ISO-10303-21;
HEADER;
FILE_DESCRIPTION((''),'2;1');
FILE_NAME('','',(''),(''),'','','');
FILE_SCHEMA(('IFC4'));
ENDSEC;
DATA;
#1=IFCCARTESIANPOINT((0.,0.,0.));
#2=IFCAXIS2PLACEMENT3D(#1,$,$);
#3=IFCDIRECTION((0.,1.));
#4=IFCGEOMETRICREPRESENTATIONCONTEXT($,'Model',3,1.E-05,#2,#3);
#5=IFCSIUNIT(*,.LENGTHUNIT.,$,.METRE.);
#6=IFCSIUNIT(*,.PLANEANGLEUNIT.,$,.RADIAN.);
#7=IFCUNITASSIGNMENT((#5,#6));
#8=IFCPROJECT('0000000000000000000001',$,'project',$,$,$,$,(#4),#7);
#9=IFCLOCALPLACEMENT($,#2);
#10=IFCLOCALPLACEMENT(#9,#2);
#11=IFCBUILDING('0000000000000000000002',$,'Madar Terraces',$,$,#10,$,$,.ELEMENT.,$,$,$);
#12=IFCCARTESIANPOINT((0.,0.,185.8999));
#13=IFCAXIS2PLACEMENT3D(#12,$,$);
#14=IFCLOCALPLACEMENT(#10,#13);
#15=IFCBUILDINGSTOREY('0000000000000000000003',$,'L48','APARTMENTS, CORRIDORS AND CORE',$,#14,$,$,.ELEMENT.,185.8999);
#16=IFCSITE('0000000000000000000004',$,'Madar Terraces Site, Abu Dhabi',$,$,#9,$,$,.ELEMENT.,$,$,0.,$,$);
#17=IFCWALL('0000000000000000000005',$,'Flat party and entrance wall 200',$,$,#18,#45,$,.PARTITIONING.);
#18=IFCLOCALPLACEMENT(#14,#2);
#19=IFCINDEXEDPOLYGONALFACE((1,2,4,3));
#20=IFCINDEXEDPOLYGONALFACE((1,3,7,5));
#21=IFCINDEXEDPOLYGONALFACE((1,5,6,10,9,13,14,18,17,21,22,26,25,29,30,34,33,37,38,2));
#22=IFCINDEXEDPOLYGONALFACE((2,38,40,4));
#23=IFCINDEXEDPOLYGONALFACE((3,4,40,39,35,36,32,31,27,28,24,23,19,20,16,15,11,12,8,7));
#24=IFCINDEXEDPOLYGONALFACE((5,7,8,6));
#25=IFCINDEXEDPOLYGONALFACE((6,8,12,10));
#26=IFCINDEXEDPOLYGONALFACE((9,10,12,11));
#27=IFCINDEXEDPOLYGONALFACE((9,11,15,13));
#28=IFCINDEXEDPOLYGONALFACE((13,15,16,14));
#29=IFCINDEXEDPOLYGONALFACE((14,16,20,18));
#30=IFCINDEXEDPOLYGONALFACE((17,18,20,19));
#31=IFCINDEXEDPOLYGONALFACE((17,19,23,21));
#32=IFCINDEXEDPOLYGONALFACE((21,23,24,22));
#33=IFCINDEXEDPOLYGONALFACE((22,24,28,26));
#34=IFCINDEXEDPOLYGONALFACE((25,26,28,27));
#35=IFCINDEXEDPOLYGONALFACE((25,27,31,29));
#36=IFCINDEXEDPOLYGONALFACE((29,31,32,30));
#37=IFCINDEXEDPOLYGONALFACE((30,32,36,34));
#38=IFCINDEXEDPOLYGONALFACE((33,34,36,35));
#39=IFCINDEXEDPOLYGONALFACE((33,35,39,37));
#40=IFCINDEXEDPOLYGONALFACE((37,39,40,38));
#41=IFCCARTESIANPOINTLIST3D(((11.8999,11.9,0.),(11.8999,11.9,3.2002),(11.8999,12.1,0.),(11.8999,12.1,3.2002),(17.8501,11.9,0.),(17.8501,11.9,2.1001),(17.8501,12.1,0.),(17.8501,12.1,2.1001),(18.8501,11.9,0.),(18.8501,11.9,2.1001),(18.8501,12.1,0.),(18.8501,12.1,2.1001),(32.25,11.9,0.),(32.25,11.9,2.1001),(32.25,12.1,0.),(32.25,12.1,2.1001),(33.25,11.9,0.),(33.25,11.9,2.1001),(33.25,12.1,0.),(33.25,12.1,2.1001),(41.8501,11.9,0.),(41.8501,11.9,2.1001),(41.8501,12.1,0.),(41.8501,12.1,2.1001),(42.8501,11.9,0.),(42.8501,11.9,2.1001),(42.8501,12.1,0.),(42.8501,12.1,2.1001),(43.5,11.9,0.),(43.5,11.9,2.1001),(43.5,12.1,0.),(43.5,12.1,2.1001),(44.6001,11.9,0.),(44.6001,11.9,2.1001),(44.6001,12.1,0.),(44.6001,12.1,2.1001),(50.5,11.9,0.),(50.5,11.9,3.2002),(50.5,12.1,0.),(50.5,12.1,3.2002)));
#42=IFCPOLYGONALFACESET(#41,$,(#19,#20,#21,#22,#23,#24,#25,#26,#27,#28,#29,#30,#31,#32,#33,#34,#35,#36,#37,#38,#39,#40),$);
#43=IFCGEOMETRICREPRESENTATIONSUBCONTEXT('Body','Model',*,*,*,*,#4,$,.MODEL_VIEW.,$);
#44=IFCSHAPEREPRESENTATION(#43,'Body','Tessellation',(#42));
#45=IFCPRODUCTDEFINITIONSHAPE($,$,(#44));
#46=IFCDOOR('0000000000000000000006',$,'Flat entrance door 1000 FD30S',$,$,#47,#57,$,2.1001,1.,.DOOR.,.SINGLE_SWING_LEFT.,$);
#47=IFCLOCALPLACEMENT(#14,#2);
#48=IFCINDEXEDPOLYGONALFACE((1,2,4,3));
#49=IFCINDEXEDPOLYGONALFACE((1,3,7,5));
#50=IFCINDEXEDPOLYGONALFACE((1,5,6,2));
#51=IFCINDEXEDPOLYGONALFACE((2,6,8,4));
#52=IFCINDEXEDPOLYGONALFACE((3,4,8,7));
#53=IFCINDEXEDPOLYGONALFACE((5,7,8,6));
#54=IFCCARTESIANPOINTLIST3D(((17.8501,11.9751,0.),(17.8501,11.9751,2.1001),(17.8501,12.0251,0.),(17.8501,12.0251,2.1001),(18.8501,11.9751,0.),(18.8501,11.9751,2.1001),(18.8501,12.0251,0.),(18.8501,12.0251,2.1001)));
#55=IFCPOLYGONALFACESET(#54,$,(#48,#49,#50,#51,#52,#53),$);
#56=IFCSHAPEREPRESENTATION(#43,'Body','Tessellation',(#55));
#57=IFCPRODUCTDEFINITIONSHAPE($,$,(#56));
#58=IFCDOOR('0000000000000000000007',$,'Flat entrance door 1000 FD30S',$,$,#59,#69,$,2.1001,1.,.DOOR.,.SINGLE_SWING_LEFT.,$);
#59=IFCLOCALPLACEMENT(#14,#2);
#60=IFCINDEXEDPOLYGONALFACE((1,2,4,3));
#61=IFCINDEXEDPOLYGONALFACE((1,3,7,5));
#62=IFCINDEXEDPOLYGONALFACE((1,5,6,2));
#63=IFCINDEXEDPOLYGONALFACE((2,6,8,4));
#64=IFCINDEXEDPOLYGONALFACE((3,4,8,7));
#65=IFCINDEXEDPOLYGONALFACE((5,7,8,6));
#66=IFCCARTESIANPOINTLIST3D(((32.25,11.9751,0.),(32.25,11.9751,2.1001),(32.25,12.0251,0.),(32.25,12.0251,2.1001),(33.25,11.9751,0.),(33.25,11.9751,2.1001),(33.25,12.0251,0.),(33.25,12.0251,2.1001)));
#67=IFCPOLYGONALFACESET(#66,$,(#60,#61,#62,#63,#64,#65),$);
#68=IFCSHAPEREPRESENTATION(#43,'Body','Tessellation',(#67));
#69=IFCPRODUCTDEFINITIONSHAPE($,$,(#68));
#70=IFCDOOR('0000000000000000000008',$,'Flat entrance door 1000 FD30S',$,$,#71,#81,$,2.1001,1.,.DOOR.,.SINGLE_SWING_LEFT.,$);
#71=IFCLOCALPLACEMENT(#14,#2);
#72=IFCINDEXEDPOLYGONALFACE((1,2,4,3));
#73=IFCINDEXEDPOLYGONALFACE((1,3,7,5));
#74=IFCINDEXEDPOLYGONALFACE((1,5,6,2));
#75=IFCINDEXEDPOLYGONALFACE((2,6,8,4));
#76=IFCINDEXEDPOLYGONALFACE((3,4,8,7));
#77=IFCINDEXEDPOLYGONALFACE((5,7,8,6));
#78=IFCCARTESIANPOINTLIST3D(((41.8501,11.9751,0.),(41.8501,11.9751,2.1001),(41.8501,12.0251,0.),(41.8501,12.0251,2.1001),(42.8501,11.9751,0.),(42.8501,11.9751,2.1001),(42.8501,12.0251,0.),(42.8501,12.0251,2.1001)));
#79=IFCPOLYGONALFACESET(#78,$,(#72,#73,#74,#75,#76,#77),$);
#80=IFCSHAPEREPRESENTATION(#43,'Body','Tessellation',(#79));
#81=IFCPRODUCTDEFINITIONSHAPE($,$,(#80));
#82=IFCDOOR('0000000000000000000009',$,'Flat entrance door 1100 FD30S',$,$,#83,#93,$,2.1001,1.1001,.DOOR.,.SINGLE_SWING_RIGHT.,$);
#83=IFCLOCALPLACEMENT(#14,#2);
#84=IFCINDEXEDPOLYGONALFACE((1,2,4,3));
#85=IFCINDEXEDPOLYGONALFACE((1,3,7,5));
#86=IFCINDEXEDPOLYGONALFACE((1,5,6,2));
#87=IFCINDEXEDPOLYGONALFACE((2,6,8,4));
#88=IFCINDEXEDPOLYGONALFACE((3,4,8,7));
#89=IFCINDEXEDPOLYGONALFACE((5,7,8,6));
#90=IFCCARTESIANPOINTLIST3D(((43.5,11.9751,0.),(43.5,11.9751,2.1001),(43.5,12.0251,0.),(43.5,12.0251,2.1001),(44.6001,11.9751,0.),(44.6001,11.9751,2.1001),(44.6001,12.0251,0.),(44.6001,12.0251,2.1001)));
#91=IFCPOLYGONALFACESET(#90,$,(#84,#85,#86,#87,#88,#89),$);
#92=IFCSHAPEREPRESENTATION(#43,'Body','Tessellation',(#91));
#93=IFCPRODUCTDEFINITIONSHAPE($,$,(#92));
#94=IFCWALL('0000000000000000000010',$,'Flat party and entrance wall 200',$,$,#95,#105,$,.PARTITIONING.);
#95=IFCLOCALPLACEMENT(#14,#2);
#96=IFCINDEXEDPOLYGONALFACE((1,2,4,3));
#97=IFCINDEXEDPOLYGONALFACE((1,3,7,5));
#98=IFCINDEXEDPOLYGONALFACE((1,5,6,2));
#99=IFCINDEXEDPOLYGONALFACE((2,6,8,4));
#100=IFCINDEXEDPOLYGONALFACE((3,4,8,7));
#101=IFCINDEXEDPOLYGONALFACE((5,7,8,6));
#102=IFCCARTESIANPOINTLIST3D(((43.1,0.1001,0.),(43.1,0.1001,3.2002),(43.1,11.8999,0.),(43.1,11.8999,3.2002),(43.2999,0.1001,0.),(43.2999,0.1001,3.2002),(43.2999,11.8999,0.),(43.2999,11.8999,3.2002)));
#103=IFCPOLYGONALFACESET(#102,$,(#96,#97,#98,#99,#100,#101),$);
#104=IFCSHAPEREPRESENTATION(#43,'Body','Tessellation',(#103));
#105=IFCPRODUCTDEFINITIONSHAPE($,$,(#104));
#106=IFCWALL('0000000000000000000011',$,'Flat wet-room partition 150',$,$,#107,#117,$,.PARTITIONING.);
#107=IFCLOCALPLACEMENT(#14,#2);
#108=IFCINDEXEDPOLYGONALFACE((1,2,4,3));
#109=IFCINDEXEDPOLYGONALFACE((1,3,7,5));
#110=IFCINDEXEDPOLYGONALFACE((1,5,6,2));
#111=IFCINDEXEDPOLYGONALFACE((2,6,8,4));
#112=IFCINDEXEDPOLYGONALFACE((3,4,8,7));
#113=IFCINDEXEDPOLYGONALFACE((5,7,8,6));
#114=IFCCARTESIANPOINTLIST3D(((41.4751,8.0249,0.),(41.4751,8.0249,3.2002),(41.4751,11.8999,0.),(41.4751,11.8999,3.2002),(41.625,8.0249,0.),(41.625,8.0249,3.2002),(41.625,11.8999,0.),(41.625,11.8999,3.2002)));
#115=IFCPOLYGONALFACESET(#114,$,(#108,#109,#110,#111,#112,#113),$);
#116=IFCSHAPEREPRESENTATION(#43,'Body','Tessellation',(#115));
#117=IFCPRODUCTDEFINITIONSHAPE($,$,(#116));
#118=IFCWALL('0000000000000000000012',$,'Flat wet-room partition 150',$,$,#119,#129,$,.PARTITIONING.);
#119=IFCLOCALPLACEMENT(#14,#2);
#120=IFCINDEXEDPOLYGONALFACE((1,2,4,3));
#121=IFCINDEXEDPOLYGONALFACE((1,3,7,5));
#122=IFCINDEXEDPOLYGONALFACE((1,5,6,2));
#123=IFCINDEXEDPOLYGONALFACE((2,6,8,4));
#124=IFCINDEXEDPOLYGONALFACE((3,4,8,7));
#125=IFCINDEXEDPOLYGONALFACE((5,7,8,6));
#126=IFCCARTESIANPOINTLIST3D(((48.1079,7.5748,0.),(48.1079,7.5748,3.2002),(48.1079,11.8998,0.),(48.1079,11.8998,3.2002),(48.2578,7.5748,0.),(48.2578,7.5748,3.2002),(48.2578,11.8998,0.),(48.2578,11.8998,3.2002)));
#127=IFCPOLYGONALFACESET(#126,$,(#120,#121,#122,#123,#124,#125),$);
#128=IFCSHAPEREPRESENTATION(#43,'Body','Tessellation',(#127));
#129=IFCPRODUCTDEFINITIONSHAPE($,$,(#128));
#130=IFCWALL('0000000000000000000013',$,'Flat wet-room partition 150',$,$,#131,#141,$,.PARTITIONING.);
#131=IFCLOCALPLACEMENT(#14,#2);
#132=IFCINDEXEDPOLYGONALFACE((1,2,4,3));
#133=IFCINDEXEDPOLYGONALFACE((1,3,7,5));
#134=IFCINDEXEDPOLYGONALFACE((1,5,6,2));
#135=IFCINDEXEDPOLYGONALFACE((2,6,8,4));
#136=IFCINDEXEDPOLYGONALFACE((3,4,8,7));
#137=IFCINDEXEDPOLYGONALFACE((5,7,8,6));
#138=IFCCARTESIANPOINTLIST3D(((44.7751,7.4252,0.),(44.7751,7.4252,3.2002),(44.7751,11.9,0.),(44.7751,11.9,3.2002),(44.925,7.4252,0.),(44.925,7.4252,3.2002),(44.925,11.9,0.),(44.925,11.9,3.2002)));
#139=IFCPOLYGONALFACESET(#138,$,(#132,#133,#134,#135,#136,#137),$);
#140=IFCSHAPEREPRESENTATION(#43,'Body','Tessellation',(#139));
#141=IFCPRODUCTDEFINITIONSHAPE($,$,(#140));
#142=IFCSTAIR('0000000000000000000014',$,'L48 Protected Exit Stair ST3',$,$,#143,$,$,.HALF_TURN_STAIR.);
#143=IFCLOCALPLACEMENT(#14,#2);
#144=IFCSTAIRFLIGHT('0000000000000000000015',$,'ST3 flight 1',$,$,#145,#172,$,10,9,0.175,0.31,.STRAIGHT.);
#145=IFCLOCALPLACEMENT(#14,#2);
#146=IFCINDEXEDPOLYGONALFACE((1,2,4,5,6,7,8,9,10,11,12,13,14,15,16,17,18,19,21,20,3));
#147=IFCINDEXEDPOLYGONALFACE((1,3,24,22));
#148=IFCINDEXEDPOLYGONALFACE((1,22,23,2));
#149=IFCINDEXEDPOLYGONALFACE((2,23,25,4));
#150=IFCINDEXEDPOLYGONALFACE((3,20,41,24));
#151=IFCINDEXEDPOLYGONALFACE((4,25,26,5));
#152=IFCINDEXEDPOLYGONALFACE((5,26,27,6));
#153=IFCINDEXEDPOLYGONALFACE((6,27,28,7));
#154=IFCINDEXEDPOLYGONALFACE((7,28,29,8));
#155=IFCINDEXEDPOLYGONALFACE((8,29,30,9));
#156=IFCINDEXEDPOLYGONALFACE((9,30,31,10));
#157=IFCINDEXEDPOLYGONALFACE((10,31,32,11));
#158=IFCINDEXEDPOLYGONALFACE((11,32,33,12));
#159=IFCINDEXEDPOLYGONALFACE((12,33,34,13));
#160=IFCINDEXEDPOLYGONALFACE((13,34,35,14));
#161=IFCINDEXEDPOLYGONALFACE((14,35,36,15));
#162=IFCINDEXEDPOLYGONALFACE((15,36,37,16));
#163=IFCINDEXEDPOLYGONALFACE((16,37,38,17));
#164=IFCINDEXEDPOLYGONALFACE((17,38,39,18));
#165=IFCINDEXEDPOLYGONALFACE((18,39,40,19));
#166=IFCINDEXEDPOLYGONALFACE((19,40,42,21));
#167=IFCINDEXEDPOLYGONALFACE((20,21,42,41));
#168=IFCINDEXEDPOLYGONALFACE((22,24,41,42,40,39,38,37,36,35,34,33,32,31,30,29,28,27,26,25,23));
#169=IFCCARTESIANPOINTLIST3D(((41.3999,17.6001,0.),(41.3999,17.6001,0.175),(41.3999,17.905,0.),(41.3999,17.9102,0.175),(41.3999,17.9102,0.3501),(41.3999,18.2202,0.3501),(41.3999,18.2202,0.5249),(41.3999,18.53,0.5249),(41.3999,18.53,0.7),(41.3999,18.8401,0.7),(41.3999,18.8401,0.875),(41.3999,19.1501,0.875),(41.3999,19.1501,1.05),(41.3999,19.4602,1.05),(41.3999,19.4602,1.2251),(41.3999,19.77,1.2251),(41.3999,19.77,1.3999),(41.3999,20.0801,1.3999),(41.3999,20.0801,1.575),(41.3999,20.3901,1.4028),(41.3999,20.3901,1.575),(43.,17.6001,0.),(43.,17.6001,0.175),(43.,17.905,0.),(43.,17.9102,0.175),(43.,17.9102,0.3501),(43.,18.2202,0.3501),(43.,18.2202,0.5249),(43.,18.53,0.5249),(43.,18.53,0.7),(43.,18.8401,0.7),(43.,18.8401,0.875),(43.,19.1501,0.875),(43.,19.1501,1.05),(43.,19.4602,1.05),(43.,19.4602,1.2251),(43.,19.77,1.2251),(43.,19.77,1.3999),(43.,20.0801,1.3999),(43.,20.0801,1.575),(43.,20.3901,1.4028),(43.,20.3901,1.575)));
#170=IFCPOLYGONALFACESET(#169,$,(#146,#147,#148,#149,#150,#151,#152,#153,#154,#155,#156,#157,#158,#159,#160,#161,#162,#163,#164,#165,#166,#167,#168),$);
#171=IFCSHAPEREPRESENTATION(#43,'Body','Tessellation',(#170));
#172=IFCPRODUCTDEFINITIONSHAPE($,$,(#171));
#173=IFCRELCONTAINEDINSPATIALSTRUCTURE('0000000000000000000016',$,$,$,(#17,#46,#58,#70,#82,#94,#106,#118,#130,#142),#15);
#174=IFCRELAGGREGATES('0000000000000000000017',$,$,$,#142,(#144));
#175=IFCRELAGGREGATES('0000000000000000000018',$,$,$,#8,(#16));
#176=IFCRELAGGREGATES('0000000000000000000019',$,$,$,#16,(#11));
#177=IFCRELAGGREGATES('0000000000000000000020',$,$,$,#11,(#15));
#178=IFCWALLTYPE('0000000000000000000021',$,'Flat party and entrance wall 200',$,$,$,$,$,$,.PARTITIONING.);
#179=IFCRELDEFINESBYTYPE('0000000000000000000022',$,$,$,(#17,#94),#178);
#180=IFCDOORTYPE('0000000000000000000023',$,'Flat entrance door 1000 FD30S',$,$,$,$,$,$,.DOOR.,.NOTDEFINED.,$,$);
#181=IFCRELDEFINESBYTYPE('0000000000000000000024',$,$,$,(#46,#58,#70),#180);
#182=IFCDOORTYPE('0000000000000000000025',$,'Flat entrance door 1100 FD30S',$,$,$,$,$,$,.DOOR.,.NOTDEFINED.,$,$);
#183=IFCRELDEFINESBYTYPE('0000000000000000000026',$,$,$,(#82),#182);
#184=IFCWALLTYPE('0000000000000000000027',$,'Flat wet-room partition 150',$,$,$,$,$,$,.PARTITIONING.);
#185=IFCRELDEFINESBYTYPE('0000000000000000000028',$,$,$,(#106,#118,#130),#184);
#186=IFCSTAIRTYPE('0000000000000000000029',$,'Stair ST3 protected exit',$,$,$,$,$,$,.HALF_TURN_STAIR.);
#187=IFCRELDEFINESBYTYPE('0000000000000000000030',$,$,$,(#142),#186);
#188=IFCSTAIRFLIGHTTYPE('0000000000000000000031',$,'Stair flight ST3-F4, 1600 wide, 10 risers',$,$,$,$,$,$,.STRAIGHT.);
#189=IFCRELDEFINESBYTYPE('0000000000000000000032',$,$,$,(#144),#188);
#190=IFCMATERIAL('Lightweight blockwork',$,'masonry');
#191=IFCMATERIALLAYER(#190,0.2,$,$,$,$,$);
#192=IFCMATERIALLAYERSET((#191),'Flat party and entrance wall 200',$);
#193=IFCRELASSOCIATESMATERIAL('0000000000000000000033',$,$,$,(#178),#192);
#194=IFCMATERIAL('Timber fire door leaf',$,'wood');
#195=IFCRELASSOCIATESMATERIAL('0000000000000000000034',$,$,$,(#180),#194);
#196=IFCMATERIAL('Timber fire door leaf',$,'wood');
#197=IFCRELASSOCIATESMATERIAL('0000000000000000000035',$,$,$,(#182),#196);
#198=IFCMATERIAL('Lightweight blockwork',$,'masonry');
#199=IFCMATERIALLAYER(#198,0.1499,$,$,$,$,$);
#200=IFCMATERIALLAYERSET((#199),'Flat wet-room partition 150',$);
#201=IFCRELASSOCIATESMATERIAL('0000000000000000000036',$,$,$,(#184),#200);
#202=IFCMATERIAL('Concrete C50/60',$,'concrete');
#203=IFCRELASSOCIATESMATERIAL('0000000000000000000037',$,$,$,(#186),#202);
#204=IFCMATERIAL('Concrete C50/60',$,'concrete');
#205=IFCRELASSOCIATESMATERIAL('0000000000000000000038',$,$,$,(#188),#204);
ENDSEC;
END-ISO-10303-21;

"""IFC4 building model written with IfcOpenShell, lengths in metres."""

from ifc_helpers import new_model, si_unit, direction, frame, frame_2d, origin, place, context, subcontext, project, spatial, polyline, rectangle, outline, extrude, material, layer, layer_set, type_object, element, fill, aggregate, save


model = new_model("IFC4")

# Units and contexts
model_context = context("Model", 3, precision=1e-05, world=origin(), true_north=direction((0.0, 1.0)))
body_context = subcontext(model_context, "Body", "Model", "MODEL_VIEW")
ifc_project = project(units=[si_unit("LENGTHUNIT", "METRE"), si_unit("PLANEANGLEUNIT", "RADIAN")], contexts=[model_context])

# Site, building, storey
site_placement = place(None, origin())
site = spatial("IfcSite", under=ifc_project, at=site_placement, Name="Madar Terraces Site, Abu Dhabi", CompositionType="ELEMENT", RefElevation=0.0)
building_placement = place(site_placement, origin())
building = spatial("IfcBuilding", under=site, at=building_placement, Name="Madar Terraces", CompositionType="ELEMENT")
storey_placement = place(building_placement, frame((0.0, 0.0, 185.8999)))
storey = spatial("IfcBuildingStorey", under=building, at=storey_placement, Name="L48", Description="APARTMENTS, CORRIDORS AND CORE", CompositionType="ELEMENT", Elevation=185.8999)

# Wall, openings, doors
ifc_material_1 = material(Name="Lightweight blockwork", Category="masonry")
ifc_layer_1 = layer(ifc_material_1, 0.2)
ifc_layer_set_1 = layer_set([ifc_layer_1], Name="Flat party and entrance wall 200")
wall_type_1 = type_object("IfcWallType", Name="Flat party and entrance wall 200", PredefinedType="PARTITIONING", material=ifc_layer_set_1)
wall_1_placement = place(storey_placement, frame((50.5, 12.0, 0.0), z_axis=(0.0, 0.0, 1.0), x_axis=(-1.0, 0.0, 0.0)))
wall_1 = element("IfcWall", 1, at=wall_1_placement, inside=storey, type_object=wall_type_1, Name="Flat party and entrance wall 200", PredefinedType="PARTITIONING", context=body_context, shape_type="SweptSolid", body=[
    extrude(rectangle(XDim=38.6001, YDim=0.2, at=frame_2d((19.3, 0.0))), origin(), (0.0, 0.0, 1.0), 3.2002),
])
opening_1_placement = place(wall_1_placement, frame((31.6499, 0.0, 0.0)))
opening_1 = element("IfcOpeningElement", 2, at=opening_1_placement, cuts=wall_1, PredefinedType="OPENING", context=body_context, shape_type="SweptSolid", body=[
    extrude(rectangle(XDim=1.0, YDim=2.1001, at=frame_2d((0.5, 1.05))), frame((0.0, 0.1099, 0.0), z_axis=(0.0, -1.0, 0.0), x_axis=(1.0, 0.0, 0.0)), (0.0, 0.0, 1.0), 0.22),
])
opening_2_placement = place(wall_1_placement, frame((17.25, 0.0, 0.0)))
opening_2 = element("IfcOpeningElement", 3, at=opening_2_placement, cuts=wall_1, PredefinedType="OPENING", context=body_context, shape_type="SweptSolid", body=[
    extrude(rectangle(XDim=1.0, YDim=2.1001, at=frame_2d((0.5, 1.05))), frame((0.0, 0.1099, 0.0), z_axis=(0.0, -1.0, 0.0), x_axis=(1.0, 0.0, 0.0)), (0.0, 0.0, 1.0), 0.22),
])
opening_3_placement = place(wall_1_placement, frame((7.6499, 0.0, 0.0)))
opening_3 = element("IfcOpeningElement", 4, at=opening_3_placement, cuts=wall_1, PredefinedType="OPENING", context=body_context, shape_type="SweptSolid", body=[
    extrude(rectangle(XDim=1.0, YDim=2.1001, at=frame_2d((0.5, 1.05))), frame((0.0, 0.1099, 0.0), z_axis=(0.0, -1.0, 0.0), x_axis=(1.0, 0.0, 0.0)), (0.0, 0.0, 1.0), 0.22),
])
opening_4_placement = place(wall_1_placement, frame((5.8999, 0.0, 0.0)))
opening_4 = element("IfcOpeningElement", 5, at=opening_4_placement, cuts=wall_1, PredefinedType="OPENING", context=body_context, shape_type="SweptSolid", body=[
    extrude(rectangle(XDim=1.1001, YDim=2.1001, at=frame_2d((0.55, 1.05))), frame((0.0, 0.1099, 0.0), z_axis=(0.0, -1.0, 0.0), x_axis=(1.0, 0.0, 0.0)), (0.0, 0.0, 1.0), 0.22),
])
ifc_material_2 = material(Name="Timber fire door leaf", Category="wood")
door_type_1 = type_object("IfcDoorType", Name="Flat entrance door 1000 FD30S", OperationType="NOTDEFINED", PredefinedType="DOOR", material=ifc_material_2)
door_1_placement = place(opening_1_placement, origin())
door_1 = element("IfcDoor", 6, at=door_1_placement, inside=storey, type_object=door_type_1, Name="Flat entrance door 1000 FD30S", OperationType="SINGLE_SWING_LEFT", OverallHeight=2.1001, OverallWidth=1.0, PredefinedType="DOOR", context=body_context, shape_type="SweptSolid", body=[
    extrude(rectangle(XDim=1.0, YDim=2.1001, at=frame_2d((0.5, 1.05))), frame((0.0, 0.0249, 0.0), z_axis=(0.0, -1.0, 0.0), x_axis=(1.0, 0.0, 0.0)), (0.0, 0.0, 1.0), 0.05),
])
fill(opening_1, door_1)
door_2_placement = place(opening_2_placement, origin())
door_2 = element("IfcDoor", 7, at=door_2_placement, inside=storey, type_object=door_type_1, Name="Flat entrance door 1000 FD30S", OperationType="SINGLE_SWING_LEFT", OverallHeight=2.1001, OverallWidth=1.0, PredefinedType="DOOR", context=body_context, shape_type="SweptSolid", body=[
    extrude(rectangle(XDim=1.0, YDim=2.1001, at=frame_2d((0.5, 1.05))), frame((0.0, 0.0249, 0.0), z_axis=(0.0, -1.0, 0.0), x_axis=(1.0, 0.0, 0.0)), (0.0, 0.0, 1.0), 0.05),
])
fill(opening_2, door_2)
door_3_placement = place(opening_3_placement, origin())
door_3 = element("IfcDoor", 8, at=door_3_placement, inside=storey, type_object=door_type_1, Name="Flat entrance door 1000 FD30S", OperationType="SINGLE_SWING_LEFT", OverallHeight=2.1001, OverallWidth=1.0, PredefinedType="DOOR", context=body_context, shape_type="SweptSolid", body=[
    extrude(rectangle(XDim=1.0, YDim=2.1001, at=frame_2d((0.5, 1.05))), frame((0.0, 0.0249, 0.0), z_axis=(0.0, -1.0, 0.0), x_axis=(1.0, 0.0, 0.0)), (0.0, 0.0, 1.0), 0.05),
])
fill(opening_3, door_3)
ifc_material_3 = material(Name="Timber fire door leaf", Category="wood")
door_type_2 = type_object("IfcDoorType", Name="Flat entrance door 1100 FD30S", OperationType="NOTDEFINED", PredefinedType="DOOR", material=ifc_material_3)
door_4_placement = place(opening_4_placement, origin())
door_4 = element("IfcDoor", 9, at=door_4_placement, inside=storey, type_object=door_type_2, Name="Flat entrance door 1100 FD30S", OperationType="SINGLE_SWING_RIGHT", OverallHeight=2.1001, OverallWidth=1.1001, PredefinedType="DOOR", context=body_context, shape_type="SweptSolid", body=[
    extrude(rectangle(XDim=1.1001, YDim=2.1001, at=frame_2d((0.55, 1.05))), frame((0.0, 0.0249, 0.0), z_axis=(0.0, -1.0, 0.0), x_axis=(1.0, 0.0, 0.0)), (0.0, 0.0, 1.0), 0.05),
])
fill(opening_4, door_4)

# Walls
wall_2_placement = place(storey_placement, frame((43.2, 11.8999, 0.0), z_axis=(0.0, 0.0, 1.0), x_axis=(0.0, -1.0, 0.0)))
element("IfcWall", 10, at=wall_2_placement, inside=storey, type_object=wall_type_1, Name="Flat party and entrance wall 200", PredefinedType="PARTITIONING", context=body_context, shape_type="SweptSolid", body=[
    extrude(rectangle(XDim=11.7998, YDim=0.2, at=frame_2d((5.8999, 0.0))), origin(), (0.0, 0.0, 1.0), 3.2002),
])
ifc_material_4 = material(Name="Lightweight blockwork", Category="masonry")
ifc_layer_2 = layer(ifc_material_4, 0.1499)
ifc_layer_set_2 = layer_set([ifc_layer_2], Name="Flat wet-room partition 150")
wall_type_2 = type_object("IfcWallType", Name="Flat wet-room partition 150", PredefinedType="PARTITIONING", material=ifc_layer_set_2)
wall_3_placement = place(storey_placement, frame((41.55, 11.8999, 0.0), z_axis=(0.0, 0.0, 1.0), x_axis=(0.0, -1.0, 0.0)))
element("IfcWall", 11, at=wall_3_placement, inside=storey, type_object=wall_type_2, Name="Flat wet-room partition 150", PredefinedType="PARTITIONING", context=body_context, shape_type="SweptSolid", body=[
    extrude(rectangle(XDim=3.875, YDim=0.1499, at=frame_2d((1.9375, 0.0))), origin(), (0.0, 0.0, 1.0), 3.2002),
])
wall_4_placement = place(storey_placement, frame((48.1829, 11.8999, 0.0), z_axis=(0.0, 0.0, 1.0), x_axis=(0.0, -1.0, 0.0)))
element("IfcWall", 12, at=wall_4_placement, inside=storey, type_object=wall_type_2, Name="Flat wet-room partition 150", PredefinedType="PARTITIONING", context=body_context, shape_type="SweptSolid", body=[
    extrude(rectangle(XDim=4.325, YDim=0.1499, at=frame_2d((2.1626, 0.0))), origin(), (0.0, 0.0, 1.0), 3.2002),
])
wall_5_placement = place(storey_placement, frame((44.8501, 11.8999, 0.0), z_axis=(0.0, 0.0, 1.0), x_axis=(0.0, -1.0, 0.0)))
element("IfcWall", 13, at=wall_5_placement, inside=storey, type_object=wall_type_2, Name="Flat wet-room partition 150", PredefinedType="PARTITIONING", context=body_context, shape_type="SweptSolid", body=[
    extrude(rectangle(XDim=4.4749, YDim=0.1499, at=frame_2d((2.2373, 0.0))), origin(), (0.0, 0.0, 1.0), 3.2002),
])

# Stair, stair flight
ifc_material_5 = material(Name="Concrete C50/60", Category="concrete")
stair_type = type_object("IfcStairType", Name="Stair ST3 protected exit", PredefinedType="HALF_TURN_STAIR", material=ifc_material_5)
stair_placement = place(storey_placement, origin())
stair = element("IfcStair", 14, at=stair_placement, inside=storey, type_object=stair_type, Name="L48 Protected Exit Stair ST3", PredefinedType="HALF_TURN_STAIR")
ifc_material_6 = material(Name="Concrete C50/60", Category="concrete")
stair_flight_type = type_object("IfcStairFlightType", Name="Stair flight ST3-F4, 1600 wide, 10 risers", PredefinedType="STRAIGHT", material=ifc_material_6)
stair_flight_1_placement = place(storey_placement, frame((42.2, 17.6001, 0.0), z_axis=(0.0, 0.0, 1.0), x_axis=(0.0, 1.0, 0.0)))
stair_flight_1 = element("IfcStairFlight", 15, at=stair_flight_1_placement, type_object=stair_flight_type, Name="ST3 flight 1", NumberOfRisers=10, NumberOfTreads=9, PredefinedType="STRAIGHT", RiserHeight=0.175, TreadLength=0.31, context=body_context, shape_type="SweptSolid", body=[
    extrude(outline(polyline([(0.0, 0.0), (0.0, 0.175), (0.3101, 0.175), (0.3101, 0.3501), (0.6201, 0.3501), (0.6201, 0.5249), (0.9299, 0.5249), (0.9299, 0.7), (1.24, 0.7), (1.24, 0.875), (1.55, 0.875), (1.55, 1.05), (1.8601, 1.05), (1.8601, 1.2251), (2.1699, 1.2251), (2.1699, 1.3999), (2.48, 1.3999), (2.48, 1.575), (2.79, 1.575), (2.79, 1.75), (2.79, 1.4028), (0.3049, 0.0), (0.0, 0.0)])), frame((0.0, 0.8, 0.0), z_axis=(0.0, -1.0, 0.0), x_axis=(1.0, 0.0, 0.0)), (0.0, 0.0, 1.0), 1.6001),
])
aggregate(stair, [stair_flight_1])

save(model, "model.ifc")
